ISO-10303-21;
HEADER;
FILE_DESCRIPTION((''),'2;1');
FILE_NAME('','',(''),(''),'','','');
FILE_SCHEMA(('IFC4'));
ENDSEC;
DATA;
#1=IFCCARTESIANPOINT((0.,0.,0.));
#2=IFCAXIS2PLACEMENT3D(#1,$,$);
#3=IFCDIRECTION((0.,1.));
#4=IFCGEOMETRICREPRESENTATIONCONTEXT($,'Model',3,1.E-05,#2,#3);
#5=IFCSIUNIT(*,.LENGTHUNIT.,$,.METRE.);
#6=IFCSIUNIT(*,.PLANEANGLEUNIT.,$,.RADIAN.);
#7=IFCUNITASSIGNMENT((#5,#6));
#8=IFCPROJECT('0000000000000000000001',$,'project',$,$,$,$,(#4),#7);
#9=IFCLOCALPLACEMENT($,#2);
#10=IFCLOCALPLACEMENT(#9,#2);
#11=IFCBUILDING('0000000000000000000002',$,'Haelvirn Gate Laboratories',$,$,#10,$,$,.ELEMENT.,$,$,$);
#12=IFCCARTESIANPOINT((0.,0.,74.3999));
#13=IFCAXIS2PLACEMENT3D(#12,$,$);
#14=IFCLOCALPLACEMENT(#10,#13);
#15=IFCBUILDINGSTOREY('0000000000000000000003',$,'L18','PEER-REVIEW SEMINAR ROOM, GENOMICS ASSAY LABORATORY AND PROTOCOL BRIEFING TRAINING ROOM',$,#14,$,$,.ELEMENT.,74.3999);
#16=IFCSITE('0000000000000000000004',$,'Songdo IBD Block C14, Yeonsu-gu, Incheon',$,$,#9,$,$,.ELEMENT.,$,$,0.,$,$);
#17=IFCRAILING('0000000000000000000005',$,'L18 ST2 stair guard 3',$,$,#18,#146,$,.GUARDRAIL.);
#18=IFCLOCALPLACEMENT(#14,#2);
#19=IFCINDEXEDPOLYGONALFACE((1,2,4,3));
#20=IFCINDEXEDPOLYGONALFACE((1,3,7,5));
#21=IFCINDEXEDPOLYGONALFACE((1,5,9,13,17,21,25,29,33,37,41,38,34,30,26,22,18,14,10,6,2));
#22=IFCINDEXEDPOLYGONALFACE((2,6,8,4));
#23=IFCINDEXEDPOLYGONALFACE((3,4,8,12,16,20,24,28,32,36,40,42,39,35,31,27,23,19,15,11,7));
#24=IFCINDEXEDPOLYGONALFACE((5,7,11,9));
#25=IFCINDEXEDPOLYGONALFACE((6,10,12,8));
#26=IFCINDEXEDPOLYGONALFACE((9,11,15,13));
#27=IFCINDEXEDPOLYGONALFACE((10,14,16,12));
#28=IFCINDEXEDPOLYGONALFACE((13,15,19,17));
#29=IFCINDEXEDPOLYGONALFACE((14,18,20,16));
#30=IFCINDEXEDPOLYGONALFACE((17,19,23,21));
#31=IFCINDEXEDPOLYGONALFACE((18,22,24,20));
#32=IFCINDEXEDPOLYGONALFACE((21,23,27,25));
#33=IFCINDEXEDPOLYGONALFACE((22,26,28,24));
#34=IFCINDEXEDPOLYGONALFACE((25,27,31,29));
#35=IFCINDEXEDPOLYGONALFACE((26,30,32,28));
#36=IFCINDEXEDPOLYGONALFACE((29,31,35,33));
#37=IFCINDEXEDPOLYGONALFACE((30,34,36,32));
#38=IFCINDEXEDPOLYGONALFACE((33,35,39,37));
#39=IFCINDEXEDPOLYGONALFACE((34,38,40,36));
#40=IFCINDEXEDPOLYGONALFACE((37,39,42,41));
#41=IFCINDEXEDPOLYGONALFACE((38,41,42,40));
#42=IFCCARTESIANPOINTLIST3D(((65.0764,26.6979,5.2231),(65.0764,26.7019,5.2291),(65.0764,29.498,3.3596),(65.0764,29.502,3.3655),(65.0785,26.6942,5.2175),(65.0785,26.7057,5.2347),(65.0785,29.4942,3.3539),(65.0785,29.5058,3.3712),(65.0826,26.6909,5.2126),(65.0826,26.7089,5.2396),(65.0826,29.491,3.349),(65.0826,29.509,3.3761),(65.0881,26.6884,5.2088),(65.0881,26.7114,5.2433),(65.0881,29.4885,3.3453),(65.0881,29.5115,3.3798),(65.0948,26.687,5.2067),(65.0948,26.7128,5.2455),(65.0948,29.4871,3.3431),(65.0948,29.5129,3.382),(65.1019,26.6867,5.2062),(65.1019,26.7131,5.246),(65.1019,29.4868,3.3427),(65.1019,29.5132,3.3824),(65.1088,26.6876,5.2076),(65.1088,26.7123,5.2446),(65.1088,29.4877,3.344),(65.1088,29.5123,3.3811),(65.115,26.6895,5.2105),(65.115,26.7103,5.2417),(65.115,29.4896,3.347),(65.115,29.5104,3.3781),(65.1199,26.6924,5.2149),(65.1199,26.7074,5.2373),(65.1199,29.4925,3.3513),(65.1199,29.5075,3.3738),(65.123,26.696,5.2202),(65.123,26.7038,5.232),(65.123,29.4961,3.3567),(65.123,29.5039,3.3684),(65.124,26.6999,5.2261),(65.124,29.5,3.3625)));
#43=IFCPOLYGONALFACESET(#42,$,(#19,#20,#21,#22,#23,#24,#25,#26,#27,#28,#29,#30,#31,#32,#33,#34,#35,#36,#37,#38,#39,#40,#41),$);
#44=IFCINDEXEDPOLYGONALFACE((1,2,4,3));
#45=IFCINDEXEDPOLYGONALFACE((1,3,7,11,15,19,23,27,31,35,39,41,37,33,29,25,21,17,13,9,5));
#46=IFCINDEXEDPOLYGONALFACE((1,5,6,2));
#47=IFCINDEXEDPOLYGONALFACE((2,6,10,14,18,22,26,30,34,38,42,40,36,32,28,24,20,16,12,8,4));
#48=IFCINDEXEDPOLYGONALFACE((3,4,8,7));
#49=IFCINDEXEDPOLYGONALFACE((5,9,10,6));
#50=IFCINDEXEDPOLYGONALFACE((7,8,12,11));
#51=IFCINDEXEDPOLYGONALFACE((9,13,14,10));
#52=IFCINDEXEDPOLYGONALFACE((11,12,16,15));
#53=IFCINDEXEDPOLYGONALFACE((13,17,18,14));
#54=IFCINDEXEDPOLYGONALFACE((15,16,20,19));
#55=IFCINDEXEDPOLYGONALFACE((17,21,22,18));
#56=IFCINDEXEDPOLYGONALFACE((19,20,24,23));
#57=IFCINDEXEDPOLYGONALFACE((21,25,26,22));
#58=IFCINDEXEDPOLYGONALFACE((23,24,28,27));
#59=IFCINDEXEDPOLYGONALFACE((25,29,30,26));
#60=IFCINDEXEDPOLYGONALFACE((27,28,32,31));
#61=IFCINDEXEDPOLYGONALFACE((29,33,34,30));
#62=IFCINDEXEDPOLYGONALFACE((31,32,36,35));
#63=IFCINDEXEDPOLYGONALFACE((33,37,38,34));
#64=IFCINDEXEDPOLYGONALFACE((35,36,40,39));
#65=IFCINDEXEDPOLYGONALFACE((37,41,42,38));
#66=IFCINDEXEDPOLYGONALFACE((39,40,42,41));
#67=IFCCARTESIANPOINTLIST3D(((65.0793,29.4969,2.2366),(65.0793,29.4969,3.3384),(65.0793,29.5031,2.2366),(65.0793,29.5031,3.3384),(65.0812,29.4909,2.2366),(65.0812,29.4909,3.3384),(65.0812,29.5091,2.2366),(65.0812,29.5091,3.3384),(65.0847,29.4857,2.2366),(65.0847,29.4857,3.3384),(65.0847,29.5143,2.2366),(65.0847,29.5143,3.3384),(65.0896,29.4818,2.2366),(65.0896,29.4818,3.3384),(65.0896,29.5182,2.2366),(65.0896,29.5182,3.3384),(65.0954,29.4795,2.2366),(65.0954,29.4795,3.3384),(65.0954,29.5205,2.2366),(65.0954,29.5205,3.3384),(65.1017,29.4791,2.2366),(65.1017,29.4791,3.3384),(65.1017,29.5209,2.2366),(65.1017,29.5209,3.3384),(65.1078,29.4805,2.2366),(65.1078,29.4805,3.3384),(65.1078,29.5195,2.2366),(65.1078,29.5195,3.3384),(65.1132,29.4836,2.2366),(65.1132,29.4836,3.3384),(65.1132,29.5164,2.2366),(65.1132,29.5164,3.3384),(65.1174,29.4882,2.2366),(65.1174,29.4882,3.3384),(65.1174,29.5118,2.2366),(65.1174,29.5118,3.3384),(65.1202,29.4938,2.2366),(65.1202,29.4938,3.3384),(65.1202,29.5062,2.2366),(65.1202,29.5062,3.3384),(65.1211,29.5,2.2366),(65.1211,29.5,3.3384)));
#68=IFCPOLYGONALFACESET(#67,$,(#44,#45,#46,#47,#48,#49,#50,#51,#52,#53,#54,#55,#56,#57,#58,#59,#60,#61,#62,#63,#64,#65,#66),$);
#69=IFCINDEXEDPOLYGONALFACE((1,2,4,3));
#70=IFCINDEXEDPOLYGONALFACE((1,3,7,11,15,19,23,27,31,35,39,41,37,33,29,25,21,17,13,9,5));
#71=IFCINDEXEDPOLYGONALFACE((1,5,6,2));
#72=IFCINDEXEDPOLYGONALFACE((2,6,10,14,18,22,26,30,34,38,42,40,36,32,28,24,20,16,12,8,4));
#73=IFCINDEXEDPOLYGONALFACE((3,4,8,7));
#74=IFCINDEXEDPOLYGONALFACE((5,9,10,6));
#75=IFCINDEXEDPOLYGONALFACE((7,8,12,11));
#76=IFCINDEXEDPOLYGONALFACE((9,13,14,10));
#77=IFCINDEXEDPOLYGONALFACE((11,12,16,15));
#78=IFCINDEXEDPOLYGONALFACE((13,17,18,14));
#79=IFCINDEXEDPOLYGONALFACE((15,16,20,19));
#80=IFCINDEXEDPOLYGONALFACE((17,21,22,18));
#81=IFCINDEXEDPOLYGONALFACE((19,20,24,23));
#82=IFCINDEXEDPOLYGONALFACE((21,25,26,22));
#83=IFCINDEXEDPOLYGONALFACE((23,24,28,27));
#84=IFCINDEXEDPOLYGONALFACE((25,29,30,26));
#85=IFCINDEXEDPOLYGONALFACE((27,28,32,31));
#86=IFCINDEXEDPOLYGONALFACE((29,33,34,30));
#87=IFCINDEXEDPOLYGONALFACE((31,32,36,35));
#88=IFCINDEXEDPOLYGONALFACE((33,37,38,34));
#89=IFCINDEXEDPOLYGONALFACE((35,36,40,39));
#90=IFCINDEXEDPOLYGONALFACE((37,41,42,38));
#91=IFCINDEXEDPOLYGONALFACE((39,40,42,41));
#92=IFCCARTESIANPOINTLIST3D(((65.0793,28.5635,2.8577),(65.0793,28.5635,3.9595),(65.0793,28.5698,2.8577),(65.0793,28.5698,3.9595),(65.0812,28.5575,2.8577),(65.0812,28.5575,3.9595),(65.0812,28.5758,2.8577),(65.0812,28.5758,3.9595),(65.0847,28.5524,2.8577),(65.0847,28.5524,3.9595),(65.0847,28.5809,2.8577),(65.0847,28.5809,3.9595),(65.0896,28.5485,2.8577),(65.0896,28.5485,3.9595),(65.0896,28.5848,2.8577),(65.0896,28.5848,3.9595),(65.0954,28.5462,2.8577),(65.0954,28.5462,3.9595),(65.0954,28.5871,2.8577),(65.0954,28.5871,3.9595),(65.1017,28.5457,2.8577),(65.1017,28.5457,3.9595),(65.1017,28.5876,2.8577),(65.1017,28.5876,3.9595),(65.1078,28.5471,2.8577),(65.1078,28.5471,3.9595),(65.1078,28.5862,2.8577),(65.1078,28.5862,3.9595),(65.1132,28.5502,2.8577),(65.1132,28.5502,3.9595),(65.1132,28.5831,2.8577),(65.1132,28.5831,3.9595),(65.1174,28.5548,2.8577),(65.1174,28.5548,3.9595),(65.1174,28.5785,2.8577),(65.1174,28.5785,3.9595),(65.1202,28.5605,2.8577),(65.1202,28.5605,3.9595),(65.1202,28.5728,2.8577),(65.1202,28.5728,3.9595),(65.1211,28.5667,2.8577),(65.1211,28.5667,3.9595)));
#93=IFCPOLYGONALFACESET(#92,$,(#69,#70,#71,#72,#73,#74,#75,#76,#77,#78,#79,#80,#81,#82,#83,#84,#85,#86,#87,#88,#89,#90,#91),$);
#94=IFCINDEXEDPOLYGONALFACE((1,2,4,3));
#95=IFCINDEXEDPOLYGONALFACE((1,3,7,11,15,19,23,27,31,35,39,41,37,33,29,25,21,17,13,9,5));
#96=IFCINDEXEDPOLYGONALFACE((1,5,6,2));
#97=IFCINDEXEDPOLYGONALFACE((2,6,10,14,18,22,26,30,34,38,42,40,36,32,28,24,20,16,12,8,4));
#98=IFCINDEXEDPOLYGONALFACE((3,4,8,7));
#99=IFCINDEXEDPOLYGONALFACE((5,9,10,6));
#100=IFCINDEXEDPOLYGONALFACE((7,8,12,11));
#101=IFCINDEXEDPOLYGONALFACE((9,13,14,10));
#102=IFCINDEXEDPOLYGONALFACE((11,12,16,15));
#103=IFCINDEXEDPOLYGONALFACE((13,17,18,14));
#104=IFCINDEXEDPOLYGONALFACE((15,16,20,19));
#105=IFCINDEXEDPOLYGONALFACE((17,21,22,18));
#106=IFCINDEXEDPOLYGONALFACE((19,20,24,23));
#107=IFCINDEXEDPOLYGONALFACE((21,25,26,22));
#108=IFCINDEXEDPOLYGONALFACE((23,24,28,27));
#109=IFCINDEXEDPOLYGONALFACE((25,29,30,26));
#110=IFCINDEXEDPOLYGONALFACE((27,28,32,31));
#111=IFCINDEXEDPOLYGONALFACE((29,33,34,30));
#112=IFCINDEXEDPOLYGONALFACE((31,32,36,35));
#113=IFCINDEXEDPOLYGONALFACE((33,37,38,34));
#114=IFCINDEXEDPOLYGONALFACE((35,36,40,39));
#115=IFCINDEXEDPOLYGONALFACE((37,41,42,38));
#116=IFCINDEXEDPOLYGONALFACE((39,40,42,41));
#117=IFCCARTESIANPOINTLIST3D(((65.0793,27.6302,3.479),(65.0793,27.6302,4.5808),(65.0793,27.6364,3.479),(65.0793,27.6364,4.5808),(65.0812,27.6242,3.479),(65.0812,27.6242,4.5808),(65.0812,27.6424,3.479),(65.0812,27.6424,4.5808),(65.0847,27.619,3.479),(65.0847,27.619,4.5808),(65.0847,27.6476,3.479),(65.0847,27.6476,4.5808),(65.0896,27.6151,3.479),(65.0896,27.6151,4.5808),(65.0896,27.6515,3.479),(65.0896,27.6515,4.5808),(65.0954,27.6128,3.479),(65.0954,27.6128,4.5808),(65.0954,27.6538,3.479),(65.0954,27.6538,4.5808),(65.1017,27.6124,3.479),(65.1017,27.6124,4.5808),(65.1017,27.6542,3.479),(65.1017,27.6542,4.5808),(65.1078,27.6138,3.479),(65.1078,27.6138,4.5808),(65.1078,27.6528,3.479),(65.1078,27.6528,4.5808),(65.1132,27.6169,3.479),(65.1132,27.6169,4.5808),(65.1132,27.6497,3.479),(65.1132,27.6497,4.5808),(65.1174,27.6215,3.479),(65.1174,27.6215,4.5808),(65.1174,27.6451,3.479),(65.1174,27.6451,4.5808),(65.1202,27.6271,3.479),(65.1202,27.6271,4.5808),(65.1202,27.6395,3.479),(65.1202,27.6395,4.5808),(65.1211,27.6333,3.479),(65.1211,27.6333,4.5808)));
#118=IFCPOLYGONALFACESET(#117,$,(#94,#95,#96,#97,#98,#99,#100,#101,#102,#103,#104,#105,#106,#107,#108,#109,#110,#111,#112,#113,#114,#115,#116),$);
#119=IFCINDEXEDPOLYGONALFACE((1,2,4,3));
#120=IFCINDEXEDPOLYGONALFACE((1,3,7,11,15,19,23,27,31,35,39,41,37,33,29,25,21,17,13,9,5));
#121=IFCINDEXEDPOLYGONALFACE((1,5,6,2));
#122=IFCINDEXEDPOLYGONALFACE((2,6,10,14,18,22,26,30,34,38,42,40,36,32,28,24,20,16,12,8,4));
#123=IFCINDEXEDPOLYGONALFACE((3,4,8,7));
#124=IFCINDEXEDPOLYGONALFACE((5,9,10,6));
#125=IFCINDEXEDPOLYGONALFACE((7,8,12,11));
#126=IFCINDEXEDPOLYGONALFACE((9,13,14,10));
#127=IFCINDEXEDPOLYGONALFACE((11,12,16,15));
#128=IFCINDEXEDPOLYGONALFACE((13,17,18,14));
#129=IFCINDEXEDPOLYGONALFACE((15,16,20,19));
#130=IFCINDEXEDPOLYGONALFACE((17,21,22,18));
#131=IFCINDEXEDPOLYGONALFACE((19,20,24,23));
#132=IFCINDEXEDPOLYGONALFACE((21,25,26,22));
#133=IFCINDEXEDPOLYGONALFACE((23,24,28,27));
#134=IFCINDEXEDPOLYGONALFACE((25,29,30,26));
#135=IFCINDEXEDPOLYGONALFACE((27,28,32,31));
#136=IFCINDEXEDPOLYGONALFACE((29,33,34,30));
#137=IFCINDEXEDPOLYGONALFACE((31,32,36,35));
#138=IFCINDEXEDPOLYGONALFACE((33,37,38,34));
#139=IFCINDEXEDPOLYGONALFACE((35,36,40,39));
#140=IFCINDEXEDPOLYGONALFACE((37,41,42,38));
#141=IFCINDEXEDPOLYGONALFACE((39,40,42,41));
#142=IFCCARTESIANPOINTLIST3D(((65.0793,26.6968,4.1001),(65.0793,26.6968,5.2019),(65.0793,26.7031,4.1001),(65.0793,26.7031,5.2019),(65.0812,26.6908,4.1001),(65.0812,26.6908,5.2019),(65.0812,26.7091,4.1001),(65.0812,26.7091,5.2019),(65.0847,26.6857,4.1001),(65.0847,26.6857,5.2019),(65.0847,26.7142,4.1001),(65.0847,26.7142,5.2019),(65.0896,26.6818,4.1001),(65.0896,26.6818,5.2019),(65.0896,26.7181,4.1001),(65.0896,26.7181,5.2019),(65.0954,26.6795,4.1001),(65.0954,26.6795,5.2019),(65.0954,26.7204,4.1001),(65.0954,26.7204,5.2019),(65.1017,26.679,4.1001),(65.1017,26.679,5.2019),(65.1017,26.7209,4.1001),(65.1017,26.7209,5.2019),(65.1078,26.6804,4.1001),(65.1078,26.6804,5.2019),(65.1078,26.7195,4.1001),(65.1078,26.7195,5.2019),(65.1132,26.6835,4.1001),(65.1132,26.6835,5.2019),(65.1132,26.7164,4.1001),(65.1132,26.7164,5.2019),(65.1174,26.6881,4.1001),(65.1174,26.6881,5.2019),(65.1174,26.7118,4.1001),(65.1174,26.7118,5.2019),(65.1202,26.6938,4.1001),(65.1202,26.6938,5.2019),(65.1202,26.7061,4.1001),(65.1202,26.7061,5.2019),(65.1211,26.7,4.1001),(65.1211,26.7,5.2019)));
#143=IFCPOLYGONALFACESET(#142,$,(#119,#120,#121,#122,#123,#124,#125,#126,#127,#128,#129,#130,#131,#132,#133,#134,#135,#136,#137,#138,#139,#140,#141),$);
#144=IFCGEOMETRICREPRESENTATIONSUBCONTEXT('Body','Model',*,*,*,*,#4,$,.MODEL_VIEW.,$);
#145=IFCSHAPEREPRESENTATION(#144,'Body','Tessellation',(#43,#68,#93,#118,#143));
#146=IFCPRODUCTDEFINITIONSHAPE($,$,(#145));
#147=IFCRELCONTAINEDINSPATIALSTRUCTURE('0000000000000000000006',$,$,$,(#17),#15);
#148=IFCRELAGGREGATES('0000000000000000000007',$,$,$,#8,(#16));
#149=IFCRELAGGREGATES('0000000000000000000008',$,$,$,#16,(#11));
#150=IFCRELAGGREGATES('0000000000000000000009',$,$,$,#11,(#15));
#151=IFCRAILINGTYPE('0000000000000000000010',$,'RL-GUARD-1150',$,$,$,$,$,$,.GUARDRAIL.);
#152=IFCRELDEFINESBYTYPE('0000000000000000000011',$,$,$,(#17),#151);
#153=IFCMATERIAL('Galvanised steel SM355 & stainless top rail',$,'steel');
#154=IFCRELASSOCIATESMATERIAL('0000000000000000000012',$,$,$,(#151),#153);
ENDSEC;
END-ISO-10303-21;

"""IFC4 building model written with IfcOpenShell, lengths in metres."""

from ifc_helpers import new_model, si_unit, direction, frame, origin, origin_2d, place, context, subcontext, project, spatial, circle, extrude, source, transform, mapped, material, type_object, element, save


model = new_model("IFC4")

# Units and contexts
model_context = context("Model", 3, precision=1e-05, world=origin(), true_north=direction((0.0, 1.0)))
body_context = subcontext(model_context, "Body", "Model", "MODEL_VIEW")
ifc_project = project(units=[si_unit("LENGTHUNIT", "METRE"), si_unit("PLANEANGLEUNIT", "RADIAN")], contexts=[model_context])

# Site, building, storey
site_placement = place(None, origin())
site = spatial("IfcSite", under=ifc_project, at=site_placement, Name="Songdo IBD Block C14, Yeonsu-gu, Incheon", CompositionType="ELEMENT", RefElevation=0.0)
building_placement = place(site_placement, origin())
building = spatial("IfcBuilding", under=site, at=building_placement, Name="Haelvirn Gate Laboratories", CompositionType="ELEMENT")
storey_placement = place(building_placement, frame((0.0, 0.0, 74.3999)))
storey = spatial("IfcBuildingStorey", under=building, at=storey_placement, Name="L18", Description="PEER-REVIEW SEMINAR ROOM, GENOMICS ASSAY LABORATORY AND PROTOCOL BRIEFING TRAINING ROOM", CompositionType="ELEMENT", Elevation=74.3999)

# Railing
ifc_material_1 = material(Name="Galvanised steel SM355 & stainless top rail", Category="steel")
railing_type_1 = type_object("IfcRailingType", Name="RL-GUARD-1150", PredefinedType="GUARDRAIL", material=ifc_material_1)
shared_shape_1 = source(origin(), body_context, "Body", "SweptSolid", [
    extrude(circle(Radius=0.0239, at=origin_2d()), frame((0.0, 0.0, 1.126), z_axis=(0.0, -0.832486, 0.554047), x_axis=(1.0, 0.0, 0.0)), (0.0, 0.0, 1.0), 3.3635),
    extrude(circle(Radius=0.021, at=origin_2d()), origin(), (0.0, 0.0, 1.0), 1.1018),
    extrude(circle(Radius=0.021, at=origin_2d()), frame((0.0, -0.9333, 0.6211)), (0.0, 0.0, 1.0), 1.1018),
    extrude(circle(Radius=0.021, at=origin_2d()), frame((0.0, -1.8667, 1.2424)), (0.0, 0.0, 1.0), 1.1018),
    extrude(circle(Radius=0.021, at=origin_2d()), frame((0.0, -2.8, 1.8635)), (0.0, 0.0, 1.0), 1.1018),
])
railing_1_placement = place(storey_placement, frame((65.1001, 29.5, 2.2366)))
element("IfcRailing", 1, at=railing_1_placement, inside=storey, type_object=railing_type_1, Name="L18 ST2 stair guard 3", PredefinedType="GUARDRAIL", context=body_context, shape_type="MappedRepresentation", body=[
    mapped(shared_shape_1, transform((0.0, 0.0, 0.0), scale=1.0)),
])

save(model, "model.ifc")
